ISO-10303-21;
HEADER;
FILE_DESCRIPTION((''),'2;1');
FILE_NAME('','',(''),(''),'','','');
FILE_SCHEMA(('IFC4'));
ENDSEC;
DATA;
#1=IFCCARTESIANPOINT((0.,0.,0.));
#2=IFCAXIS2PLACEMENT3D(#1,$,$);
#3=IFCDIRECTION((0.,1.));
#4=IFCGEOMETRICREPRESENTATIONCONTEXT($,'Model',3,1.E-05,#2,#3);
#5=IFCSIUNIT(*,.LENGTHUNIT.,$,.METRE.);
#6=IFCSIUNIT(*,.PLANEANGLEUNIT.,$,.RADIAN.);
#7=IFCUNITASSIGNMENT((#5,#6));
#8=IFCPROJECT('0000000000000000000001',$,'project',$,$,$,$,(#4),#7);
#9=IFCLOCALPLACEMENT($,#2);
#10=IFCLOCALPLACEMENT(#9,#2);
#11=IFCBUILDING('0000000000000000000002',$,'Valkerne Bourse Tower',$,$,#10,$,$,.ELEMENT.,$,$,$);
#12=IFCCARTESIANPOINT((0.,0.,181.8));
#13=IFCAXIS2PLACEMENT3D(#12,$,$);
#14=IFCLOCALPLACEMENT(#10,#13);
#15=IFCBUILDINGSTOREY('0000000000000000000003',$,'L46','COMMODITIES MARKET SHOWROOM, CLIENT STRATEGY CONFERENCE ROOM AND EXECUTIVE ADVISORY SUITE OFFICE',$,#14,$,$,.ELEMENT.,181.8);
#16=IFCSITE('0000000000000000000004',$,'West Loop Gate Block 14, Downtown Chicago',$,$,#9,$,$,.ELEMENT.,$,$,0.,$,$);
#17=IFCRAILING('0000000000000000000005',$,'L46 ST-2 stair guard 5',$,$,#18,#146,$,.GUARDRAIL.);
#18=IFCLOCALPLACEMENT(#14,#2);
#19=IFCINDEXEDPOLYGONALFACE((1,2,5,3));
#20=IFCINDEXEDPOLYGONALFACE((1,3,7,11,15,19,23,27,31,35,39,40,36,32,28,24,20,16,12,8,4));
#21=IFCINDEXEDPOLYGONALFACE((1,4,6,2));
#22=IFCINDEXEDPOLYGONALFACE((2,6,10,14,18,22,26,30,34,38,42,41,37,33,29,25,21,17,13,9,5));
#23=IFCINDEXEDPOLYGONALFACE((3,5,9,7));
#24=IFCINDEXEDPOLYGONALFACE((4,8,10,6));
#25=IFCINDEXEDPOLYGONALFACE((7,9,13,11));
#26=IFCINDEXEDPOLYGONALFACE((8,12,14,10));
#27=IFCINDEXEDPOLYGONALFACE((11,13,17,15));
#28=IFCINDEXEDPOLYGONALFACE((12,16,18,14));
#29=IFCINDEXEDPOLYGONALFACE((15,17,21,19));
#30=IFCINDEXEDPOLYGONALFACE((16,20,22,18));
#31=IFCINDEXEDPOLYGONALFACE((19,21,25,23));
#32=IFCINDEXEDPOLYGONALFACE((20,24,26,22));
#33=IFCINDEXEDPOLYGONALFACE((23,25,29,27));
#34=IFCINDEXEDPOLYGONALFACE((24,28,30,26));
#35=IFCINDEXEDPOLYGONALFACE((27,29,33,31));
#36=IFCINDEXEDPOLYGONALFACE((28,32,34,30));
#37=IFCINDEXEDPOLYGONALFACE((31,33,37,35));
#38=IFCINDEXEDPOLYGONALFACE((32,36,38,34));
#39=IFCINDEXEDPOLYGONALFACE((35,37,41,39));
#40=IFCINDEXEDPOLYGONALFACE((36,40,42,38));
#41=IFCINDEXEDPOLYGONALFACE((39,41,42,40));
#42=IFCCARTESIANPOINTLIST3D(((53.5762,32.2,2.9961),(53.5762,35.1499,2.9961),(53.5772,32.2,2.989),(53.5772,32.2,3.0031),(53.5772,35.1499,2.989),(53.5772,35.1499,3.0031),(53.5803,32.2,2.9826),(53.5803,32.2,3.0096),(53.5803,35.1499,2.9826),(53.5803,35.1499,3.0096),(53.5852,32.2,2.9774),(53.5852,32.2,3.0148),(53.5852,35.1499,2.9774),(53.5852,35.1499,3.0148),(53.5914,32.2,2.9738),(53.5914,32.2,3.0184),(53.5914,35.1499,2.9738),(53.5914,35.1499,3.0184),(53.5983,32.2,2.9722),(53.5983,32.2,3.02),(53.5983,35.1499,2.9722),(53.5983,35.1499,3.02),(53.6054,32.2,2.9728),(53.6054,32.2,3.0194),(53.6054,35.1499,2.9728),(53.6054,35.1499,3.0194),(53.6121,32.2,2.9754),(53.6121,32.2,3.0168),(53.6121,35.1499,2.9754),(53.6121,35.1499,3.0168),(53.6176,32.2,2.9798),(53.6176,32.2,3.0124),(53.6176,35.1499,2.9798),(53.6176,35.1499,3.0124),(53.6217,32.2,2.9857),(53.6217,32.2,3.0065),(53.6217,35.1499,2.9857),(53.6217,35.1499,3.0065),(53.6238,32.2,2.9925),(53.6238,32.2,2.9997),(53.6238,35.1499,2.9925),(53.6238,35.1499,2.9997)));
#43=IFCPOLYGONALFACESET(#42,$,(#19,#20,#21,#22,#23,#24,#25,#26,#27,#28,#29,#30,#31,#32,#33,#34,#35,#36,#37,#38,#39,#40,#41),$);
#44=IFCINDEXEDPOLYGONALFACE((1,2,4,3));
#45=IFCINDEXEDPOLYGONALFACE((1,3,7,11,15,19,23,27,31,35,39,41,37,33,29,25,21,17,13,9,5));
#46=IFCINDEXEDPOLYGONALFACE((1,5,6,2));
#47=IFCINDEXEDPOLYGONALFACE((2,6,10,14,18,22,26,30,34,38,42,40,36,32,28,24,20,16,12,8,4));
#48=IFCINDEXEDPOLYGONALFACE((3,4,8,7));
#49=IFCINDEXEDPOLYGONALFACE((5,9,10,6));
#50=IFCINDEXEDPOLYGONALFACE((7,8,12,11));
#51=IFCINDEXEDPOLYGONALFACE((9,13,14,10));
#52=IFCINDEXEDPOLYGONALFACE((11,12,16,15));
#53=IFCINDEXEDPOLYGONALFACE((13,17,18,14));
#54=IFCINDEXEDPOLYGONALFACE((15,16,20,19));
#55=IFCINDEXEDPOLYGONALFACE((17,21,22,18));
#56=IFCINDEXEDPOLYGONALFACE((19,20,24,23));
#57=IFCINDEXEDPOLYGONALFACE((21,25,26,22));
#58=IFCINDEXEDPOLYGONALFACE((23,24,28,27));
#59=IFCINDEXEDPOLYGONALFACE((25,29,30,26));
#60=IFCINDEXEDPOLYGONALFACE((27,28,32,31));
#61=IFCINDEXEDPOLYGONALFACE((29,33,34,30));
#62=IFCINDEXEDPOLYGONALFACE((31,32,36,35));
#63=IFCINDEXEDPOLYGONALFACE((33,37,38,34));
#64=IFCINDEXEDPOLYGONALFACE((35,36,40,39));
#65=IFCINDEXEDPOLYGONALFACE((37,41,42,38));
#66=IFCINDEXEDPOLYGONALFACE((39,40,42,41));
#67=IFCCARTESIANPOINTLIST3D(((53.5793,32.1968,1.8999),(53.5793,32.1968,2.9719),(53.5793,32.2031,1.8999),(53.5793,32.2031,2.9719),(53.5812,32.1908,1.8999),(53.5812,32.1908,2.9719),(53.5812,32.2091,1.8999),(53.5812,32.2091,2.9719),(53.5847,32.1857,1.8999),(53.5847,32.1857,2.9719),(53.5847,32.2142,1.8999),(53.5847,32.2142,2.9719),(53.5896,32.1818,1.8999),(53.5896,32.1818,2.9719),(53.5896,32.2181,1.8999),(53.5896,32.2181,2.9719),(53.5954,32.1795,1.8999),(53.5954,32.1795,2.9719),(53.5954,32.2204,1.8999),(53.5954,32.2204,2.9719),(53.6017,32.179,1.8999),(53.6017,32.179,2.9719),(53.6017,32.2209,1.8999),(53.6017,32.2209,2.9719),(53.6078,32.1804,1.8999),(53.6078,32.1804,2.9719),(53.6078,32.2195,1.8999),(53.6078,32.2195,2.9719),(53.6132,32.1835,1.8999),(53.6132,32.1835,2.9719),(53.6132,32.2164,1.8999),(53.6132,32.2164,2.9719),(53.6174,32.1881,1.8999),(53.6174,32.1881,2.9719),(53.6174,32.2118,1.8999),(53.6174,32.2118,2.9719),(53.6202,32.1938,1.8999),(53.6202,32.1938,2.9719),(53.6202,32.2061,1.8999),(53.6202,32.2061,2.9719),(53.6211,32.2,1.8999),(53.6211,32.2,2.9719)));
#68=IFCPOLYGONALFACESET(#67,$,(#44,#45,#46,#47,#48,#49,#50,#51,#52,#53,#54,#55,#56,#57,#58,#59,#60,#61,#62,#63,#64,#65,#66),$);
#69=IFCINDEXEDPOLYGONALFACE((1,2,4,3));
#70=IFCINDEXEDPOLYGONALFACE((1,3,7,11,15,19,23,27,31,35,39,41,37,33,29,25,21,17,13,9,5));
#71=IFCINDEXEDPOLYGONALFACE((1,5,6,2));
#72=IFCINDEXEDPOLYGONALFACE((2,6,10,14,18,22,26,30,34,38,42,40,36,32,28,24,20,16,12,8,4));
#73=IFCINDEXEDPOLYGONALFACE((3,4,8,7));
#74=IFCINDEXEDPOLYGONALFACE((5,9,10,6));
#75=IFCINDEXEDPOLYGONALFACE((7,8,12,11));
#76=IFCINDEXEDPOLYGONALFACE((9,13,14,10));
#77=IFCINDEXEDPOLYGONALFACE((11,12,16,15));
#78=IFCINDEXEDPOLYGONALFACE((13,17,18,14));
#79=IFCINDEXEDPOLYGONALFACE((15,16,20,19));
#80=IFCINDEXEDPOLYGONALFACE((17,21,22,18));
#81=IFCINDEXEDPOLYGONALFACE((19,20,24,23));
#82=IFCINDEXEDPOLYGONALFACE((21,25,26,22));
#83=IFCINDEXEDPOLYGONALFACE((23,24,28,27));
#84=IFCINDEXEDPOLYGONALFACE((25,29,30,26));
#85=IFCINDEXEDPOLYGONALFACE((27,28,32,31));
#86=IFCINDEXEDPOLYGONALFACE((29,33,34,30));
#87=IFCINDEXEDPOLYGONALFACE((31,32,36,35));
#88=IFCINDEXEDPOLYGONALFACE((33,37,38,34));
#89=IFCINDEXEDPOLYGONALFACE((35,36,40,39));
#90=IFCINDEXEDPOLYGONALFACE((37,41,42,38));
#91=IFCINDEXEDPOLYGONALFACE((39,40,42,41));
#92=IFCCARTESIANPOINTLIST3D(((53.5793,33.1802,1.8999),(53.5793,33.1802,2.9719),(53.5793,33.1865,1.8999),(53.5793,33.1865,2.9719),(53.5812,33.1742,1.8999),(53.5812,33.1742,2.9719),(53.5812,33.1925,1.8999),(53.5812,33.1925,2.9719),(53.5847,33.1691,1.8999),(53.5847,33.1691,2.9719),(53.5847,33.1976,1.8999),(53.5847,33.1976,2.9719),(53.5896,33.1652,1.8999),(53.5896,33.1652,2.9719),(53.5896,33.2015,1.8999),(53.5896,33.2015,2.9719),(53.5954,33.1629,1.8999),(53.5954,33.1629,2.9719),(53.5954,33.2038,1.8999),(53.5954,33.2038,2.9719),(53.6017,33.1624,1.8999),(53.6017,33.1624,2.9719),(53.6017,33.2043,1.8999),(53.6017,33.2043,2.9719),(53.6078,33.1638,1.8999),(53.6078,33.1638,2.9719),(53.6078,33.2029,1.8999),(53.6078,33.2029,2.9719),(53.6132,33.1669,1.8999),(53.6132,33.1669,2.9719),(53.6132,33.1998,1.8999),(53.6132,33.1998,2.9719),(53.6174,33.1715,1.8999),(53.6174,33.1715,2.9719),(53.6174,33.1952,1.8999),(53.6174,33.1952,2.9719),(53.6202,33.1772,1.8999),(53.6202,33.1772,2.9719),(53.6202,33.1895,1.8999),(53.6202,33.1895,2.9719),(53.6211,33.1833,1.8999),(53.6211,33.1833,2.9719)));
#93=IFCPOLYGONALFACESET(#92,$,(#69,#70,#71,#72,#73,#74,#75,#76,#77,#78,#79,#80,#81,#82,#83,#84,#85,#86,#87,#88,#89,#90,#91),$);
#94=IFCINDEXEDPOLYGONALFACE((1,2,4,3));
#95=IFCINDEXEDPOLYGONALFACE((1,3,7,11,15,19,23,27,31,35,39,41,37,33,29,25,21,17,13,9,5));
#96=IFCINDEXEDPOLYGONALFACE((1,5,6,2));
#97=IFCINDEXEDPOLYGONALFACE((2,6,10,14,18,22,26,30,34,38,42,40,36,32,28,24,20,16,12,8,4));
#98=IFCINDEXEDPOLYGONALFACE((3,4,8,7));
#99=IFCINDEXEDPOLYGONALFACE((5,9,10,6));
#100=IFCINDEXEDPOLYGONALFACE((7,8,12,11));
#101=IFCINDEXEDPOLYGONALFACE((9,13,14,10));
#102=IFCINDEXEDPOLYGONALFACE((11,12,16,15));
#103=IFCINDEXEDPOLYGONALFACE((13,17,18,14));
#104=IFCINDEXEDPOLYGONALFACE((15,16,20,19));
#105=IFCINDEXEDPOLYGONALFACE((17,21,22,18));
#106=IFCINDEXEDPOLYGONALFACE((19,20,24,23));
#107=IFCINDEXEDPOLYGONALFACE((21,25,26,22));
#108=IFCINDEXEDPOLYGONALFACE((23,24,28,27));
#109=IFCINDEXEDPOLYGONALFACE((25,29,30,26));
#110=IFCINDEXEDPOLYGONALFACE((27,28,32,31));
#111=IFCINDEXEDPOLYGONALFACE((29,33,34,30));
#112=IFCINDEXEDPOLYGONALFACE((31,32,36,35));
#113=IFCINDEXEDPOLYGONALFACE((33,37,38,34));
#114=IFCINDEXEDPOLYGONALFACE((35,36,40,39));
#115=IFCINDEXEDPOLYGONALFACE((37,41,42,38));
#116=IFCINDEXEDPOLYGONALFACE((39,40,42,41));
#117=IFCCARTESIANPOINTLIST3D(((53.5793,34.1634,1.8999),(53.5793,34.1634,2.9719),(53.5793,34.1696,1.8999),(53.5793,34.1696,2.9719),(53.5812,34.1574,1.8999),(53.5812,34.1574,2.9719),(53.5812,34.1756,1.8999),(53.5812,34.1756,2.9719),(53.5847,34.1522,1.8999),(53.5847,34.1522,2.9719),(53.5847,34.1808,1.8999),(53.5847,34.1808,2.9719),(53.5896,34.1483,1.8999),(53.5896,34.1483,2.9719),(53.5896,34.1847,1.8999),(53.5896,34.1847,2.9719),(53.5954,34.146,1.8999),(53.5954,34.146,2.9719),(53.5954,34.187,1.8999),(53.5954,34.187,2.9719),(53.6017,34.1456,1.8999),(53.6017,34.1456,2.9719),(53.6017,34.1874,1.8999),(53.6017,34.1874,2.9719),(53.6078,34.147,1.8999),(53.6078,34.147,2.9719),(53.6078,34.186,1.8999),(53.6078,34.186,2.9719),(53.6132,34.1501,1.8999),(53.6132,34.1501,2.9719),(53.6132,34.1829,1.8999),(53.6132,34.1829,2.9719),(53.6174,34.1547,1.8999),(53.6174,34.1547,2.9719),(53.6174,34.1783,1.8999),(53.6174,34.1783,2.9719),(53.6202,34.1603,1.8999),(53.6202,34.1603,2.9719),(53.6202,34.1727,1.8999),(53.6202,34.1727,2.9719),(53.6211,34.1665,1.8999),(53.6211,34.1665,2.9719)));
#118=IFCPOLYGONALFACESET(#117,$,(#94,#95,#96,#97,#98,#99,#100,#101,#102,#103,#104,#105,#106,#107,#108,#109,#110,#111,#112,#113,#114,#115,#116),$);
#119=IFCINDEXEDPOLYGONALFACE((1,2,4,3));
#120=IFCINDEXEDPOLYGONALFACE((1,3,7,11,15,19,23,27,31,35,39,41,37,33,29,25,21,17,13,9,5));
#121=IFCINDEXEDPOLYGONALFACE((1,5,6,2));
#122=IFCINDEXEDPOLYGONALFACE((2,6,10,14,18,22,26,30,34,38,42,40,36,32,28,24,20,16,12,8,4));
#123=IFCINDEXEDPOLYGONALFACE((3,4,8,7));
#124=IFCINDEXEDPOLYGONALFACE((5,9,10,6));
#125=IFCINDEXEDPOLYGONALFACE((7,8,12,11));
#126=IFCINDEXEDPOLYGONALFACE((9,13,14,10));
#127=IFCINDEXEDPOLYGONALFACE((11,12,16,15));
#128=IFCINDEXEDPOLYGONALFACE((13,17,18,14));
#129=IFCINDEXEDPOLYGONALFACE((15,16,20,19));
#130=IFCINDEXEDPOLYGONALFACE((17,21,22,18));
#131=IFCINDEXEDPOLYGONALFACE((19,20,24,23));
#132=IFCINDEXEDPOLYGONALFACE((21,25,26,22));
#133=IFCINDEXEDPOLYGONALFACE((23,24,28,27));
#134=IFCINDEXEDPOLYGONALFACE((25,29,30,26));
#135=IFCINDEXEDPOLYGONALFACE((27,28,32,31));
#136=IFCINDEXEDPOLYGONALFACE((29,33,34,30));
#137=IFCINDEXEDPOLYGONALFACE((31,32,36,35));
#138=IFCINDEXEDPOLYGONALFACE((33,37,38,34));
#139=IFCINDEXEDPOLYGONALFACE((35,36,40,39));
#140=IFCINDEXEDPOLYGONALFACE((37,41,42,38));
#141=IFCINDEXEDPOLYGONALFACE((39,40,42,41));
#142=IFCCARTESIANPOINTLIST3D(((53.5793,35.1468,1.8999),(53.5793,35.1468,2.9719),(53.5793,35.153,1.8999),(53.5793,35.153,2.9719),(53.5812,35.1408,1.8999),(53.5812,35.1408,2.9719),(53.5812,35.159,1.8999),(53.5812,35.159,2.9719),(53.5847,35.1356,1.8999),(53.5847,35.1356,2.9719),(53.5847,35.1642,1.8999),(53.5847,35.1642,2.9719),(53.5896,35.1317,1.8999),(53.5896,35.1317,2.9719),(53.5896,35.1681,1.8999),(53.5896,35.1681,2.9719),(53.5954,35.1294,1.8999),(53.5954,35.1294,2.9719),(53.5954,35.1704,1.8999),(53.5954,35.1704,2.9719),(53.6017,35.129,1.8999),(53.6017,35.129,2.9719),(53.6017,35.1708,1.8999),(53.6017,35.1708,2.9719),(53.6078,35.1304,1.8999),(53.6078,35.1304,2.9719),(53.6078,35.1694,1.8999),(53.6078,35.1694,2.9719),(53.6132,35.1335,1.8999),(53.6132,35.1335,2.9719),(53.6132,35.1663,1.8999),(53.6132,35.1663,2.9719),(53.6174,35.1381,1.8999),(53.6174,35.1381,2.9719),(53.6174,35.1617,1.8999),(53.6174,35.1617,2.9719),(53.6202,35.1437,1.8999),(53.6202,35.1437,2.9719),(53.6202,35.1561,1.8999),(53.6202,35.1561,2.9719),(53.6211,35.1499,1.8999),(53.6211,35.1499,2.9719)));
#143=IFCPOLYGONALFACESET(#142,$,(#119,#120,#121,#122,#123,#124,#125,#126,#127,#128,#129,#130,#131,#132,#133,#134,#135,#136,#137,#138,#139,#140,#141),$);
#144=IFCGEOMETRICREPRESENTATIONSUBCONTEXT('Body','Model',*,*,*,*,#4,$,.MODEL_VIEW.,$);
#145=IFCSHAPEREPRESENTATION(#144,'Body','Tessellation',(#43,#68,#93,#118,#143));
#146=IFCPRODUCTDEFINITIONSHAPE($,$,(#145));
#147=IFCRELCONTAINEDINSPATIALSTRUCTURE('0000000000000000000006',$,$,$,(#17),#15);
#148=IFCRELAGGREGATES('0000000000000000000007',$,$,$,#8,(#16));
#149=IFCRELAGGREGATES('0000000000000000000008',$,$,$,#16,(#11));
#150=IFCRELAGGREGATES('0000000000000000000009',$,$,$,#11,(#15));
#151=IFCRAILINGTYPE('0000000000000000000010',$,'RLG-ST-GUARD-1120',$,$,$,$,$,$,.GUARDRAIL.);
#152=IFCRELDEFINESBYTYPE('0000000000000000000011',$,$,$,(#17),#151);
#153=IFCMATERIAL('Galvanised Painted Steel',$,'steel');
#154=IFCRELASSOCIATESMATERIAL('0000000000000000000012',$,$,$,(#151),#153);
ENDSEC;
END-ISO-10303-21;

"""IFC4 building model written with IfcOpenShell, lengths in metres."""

from ifc_helpers import new_model, si_unit, direction, frame, origin, origin_2d, place, context, subcontext, project, spatial, circle, extrude, material, type_object, element, save


model = new_model("IFC4")

# Units and contexts
model_context = context("Model", 3, precision=1e-05, world=origin(), true_north=direction((0.0, 1.0)))
body_context = subcontext(model_context, "Body", "Model", "MODEL_VIEW")
ifc_project = project(units=[si_unit("LENGTHUNIT", "METRE"), si_unit("PLANEANGLEUNIT", "RADIAN")], contexts=[model_context])

# Site, building, storey
site_placement = place(None, origin())
site = spatial("IfcSite", under=ifc_project, at=site_placement, Name="West Loop Gate Block 14, Downtown Chicago", CompositionType="ELEMENT", RefElevation=0.0)
building_placement = place(site_placement, origin())
building = spatial("IfcBuilding", under=site, at=building_placement, Name="Valkerne Bourse Tower", CompositionType="ELEMENT")
storey_placement = place(building_placement, frame((0.0, 0.0, 181.8)))
storey = spatial("IfcBuildingStorey", under=building, at=storey_placement, Name="L46", Description="COMMODITIES MARKET SHOWROOM, CLIENT STRATEGY CONFERENCE ROOM AND EXECUTIVE ADVISORY SUITE OFFICE", CompositionType="ELEMENT", Elevation=181.8)

# Railing
ifc_material_1 = material(Name="Galvanised Painted Steel", Category="steel")
railing_type = type_object("IfcRailingType", Name="RLG-ST-GUARD-1120", PredefinedType="GUARDRAIL", material=ifc_material_1)
railing_1_placement = place(storey_placement, frame((53.6001, 32.2, 1.8999)))
element("IfcRailing", 1, at=railing_1_placement, inside=storey, type_object=railing_type, Name="L46 ST-2 stair guard 5", PredefinedType="GUARDRAIL", context=body_context, shape_type="SweptSolid", body=[
    extrude(circle(Radius=0.0239, at=origin_2d()), frame((0.0, 0.0, 1.0962), z_axis=(0.0, 1.0, 0.0), x_axis=(-1.0, 0.0, 0.0)), (0.0, 0.0, 1.0), 2.95),
    extrude(circle(Radius=0.021, at=origin_2d()), origin(), (0.0, 0.0, 1.0), 1.072),
    extrude(circle(Radius=0.021, at=origin_2d()), frame((0.0, 0.9834, 0.0)), (0.0, 0.0, 1.0), 1.072),
    extrude(circle(Radius=0.021, at=origin_2d()), frame((0.0, 1.9666, 0.0)), (0.0, 0.0, 1.0), 1.072),
    extrude(circle(Radius=0.021, at=origin_2d()), frame((0.0, 2.95, 0.0)), (0.0, 0.0, 1.0), 1.072),
])

save(model, "model.ifc")
